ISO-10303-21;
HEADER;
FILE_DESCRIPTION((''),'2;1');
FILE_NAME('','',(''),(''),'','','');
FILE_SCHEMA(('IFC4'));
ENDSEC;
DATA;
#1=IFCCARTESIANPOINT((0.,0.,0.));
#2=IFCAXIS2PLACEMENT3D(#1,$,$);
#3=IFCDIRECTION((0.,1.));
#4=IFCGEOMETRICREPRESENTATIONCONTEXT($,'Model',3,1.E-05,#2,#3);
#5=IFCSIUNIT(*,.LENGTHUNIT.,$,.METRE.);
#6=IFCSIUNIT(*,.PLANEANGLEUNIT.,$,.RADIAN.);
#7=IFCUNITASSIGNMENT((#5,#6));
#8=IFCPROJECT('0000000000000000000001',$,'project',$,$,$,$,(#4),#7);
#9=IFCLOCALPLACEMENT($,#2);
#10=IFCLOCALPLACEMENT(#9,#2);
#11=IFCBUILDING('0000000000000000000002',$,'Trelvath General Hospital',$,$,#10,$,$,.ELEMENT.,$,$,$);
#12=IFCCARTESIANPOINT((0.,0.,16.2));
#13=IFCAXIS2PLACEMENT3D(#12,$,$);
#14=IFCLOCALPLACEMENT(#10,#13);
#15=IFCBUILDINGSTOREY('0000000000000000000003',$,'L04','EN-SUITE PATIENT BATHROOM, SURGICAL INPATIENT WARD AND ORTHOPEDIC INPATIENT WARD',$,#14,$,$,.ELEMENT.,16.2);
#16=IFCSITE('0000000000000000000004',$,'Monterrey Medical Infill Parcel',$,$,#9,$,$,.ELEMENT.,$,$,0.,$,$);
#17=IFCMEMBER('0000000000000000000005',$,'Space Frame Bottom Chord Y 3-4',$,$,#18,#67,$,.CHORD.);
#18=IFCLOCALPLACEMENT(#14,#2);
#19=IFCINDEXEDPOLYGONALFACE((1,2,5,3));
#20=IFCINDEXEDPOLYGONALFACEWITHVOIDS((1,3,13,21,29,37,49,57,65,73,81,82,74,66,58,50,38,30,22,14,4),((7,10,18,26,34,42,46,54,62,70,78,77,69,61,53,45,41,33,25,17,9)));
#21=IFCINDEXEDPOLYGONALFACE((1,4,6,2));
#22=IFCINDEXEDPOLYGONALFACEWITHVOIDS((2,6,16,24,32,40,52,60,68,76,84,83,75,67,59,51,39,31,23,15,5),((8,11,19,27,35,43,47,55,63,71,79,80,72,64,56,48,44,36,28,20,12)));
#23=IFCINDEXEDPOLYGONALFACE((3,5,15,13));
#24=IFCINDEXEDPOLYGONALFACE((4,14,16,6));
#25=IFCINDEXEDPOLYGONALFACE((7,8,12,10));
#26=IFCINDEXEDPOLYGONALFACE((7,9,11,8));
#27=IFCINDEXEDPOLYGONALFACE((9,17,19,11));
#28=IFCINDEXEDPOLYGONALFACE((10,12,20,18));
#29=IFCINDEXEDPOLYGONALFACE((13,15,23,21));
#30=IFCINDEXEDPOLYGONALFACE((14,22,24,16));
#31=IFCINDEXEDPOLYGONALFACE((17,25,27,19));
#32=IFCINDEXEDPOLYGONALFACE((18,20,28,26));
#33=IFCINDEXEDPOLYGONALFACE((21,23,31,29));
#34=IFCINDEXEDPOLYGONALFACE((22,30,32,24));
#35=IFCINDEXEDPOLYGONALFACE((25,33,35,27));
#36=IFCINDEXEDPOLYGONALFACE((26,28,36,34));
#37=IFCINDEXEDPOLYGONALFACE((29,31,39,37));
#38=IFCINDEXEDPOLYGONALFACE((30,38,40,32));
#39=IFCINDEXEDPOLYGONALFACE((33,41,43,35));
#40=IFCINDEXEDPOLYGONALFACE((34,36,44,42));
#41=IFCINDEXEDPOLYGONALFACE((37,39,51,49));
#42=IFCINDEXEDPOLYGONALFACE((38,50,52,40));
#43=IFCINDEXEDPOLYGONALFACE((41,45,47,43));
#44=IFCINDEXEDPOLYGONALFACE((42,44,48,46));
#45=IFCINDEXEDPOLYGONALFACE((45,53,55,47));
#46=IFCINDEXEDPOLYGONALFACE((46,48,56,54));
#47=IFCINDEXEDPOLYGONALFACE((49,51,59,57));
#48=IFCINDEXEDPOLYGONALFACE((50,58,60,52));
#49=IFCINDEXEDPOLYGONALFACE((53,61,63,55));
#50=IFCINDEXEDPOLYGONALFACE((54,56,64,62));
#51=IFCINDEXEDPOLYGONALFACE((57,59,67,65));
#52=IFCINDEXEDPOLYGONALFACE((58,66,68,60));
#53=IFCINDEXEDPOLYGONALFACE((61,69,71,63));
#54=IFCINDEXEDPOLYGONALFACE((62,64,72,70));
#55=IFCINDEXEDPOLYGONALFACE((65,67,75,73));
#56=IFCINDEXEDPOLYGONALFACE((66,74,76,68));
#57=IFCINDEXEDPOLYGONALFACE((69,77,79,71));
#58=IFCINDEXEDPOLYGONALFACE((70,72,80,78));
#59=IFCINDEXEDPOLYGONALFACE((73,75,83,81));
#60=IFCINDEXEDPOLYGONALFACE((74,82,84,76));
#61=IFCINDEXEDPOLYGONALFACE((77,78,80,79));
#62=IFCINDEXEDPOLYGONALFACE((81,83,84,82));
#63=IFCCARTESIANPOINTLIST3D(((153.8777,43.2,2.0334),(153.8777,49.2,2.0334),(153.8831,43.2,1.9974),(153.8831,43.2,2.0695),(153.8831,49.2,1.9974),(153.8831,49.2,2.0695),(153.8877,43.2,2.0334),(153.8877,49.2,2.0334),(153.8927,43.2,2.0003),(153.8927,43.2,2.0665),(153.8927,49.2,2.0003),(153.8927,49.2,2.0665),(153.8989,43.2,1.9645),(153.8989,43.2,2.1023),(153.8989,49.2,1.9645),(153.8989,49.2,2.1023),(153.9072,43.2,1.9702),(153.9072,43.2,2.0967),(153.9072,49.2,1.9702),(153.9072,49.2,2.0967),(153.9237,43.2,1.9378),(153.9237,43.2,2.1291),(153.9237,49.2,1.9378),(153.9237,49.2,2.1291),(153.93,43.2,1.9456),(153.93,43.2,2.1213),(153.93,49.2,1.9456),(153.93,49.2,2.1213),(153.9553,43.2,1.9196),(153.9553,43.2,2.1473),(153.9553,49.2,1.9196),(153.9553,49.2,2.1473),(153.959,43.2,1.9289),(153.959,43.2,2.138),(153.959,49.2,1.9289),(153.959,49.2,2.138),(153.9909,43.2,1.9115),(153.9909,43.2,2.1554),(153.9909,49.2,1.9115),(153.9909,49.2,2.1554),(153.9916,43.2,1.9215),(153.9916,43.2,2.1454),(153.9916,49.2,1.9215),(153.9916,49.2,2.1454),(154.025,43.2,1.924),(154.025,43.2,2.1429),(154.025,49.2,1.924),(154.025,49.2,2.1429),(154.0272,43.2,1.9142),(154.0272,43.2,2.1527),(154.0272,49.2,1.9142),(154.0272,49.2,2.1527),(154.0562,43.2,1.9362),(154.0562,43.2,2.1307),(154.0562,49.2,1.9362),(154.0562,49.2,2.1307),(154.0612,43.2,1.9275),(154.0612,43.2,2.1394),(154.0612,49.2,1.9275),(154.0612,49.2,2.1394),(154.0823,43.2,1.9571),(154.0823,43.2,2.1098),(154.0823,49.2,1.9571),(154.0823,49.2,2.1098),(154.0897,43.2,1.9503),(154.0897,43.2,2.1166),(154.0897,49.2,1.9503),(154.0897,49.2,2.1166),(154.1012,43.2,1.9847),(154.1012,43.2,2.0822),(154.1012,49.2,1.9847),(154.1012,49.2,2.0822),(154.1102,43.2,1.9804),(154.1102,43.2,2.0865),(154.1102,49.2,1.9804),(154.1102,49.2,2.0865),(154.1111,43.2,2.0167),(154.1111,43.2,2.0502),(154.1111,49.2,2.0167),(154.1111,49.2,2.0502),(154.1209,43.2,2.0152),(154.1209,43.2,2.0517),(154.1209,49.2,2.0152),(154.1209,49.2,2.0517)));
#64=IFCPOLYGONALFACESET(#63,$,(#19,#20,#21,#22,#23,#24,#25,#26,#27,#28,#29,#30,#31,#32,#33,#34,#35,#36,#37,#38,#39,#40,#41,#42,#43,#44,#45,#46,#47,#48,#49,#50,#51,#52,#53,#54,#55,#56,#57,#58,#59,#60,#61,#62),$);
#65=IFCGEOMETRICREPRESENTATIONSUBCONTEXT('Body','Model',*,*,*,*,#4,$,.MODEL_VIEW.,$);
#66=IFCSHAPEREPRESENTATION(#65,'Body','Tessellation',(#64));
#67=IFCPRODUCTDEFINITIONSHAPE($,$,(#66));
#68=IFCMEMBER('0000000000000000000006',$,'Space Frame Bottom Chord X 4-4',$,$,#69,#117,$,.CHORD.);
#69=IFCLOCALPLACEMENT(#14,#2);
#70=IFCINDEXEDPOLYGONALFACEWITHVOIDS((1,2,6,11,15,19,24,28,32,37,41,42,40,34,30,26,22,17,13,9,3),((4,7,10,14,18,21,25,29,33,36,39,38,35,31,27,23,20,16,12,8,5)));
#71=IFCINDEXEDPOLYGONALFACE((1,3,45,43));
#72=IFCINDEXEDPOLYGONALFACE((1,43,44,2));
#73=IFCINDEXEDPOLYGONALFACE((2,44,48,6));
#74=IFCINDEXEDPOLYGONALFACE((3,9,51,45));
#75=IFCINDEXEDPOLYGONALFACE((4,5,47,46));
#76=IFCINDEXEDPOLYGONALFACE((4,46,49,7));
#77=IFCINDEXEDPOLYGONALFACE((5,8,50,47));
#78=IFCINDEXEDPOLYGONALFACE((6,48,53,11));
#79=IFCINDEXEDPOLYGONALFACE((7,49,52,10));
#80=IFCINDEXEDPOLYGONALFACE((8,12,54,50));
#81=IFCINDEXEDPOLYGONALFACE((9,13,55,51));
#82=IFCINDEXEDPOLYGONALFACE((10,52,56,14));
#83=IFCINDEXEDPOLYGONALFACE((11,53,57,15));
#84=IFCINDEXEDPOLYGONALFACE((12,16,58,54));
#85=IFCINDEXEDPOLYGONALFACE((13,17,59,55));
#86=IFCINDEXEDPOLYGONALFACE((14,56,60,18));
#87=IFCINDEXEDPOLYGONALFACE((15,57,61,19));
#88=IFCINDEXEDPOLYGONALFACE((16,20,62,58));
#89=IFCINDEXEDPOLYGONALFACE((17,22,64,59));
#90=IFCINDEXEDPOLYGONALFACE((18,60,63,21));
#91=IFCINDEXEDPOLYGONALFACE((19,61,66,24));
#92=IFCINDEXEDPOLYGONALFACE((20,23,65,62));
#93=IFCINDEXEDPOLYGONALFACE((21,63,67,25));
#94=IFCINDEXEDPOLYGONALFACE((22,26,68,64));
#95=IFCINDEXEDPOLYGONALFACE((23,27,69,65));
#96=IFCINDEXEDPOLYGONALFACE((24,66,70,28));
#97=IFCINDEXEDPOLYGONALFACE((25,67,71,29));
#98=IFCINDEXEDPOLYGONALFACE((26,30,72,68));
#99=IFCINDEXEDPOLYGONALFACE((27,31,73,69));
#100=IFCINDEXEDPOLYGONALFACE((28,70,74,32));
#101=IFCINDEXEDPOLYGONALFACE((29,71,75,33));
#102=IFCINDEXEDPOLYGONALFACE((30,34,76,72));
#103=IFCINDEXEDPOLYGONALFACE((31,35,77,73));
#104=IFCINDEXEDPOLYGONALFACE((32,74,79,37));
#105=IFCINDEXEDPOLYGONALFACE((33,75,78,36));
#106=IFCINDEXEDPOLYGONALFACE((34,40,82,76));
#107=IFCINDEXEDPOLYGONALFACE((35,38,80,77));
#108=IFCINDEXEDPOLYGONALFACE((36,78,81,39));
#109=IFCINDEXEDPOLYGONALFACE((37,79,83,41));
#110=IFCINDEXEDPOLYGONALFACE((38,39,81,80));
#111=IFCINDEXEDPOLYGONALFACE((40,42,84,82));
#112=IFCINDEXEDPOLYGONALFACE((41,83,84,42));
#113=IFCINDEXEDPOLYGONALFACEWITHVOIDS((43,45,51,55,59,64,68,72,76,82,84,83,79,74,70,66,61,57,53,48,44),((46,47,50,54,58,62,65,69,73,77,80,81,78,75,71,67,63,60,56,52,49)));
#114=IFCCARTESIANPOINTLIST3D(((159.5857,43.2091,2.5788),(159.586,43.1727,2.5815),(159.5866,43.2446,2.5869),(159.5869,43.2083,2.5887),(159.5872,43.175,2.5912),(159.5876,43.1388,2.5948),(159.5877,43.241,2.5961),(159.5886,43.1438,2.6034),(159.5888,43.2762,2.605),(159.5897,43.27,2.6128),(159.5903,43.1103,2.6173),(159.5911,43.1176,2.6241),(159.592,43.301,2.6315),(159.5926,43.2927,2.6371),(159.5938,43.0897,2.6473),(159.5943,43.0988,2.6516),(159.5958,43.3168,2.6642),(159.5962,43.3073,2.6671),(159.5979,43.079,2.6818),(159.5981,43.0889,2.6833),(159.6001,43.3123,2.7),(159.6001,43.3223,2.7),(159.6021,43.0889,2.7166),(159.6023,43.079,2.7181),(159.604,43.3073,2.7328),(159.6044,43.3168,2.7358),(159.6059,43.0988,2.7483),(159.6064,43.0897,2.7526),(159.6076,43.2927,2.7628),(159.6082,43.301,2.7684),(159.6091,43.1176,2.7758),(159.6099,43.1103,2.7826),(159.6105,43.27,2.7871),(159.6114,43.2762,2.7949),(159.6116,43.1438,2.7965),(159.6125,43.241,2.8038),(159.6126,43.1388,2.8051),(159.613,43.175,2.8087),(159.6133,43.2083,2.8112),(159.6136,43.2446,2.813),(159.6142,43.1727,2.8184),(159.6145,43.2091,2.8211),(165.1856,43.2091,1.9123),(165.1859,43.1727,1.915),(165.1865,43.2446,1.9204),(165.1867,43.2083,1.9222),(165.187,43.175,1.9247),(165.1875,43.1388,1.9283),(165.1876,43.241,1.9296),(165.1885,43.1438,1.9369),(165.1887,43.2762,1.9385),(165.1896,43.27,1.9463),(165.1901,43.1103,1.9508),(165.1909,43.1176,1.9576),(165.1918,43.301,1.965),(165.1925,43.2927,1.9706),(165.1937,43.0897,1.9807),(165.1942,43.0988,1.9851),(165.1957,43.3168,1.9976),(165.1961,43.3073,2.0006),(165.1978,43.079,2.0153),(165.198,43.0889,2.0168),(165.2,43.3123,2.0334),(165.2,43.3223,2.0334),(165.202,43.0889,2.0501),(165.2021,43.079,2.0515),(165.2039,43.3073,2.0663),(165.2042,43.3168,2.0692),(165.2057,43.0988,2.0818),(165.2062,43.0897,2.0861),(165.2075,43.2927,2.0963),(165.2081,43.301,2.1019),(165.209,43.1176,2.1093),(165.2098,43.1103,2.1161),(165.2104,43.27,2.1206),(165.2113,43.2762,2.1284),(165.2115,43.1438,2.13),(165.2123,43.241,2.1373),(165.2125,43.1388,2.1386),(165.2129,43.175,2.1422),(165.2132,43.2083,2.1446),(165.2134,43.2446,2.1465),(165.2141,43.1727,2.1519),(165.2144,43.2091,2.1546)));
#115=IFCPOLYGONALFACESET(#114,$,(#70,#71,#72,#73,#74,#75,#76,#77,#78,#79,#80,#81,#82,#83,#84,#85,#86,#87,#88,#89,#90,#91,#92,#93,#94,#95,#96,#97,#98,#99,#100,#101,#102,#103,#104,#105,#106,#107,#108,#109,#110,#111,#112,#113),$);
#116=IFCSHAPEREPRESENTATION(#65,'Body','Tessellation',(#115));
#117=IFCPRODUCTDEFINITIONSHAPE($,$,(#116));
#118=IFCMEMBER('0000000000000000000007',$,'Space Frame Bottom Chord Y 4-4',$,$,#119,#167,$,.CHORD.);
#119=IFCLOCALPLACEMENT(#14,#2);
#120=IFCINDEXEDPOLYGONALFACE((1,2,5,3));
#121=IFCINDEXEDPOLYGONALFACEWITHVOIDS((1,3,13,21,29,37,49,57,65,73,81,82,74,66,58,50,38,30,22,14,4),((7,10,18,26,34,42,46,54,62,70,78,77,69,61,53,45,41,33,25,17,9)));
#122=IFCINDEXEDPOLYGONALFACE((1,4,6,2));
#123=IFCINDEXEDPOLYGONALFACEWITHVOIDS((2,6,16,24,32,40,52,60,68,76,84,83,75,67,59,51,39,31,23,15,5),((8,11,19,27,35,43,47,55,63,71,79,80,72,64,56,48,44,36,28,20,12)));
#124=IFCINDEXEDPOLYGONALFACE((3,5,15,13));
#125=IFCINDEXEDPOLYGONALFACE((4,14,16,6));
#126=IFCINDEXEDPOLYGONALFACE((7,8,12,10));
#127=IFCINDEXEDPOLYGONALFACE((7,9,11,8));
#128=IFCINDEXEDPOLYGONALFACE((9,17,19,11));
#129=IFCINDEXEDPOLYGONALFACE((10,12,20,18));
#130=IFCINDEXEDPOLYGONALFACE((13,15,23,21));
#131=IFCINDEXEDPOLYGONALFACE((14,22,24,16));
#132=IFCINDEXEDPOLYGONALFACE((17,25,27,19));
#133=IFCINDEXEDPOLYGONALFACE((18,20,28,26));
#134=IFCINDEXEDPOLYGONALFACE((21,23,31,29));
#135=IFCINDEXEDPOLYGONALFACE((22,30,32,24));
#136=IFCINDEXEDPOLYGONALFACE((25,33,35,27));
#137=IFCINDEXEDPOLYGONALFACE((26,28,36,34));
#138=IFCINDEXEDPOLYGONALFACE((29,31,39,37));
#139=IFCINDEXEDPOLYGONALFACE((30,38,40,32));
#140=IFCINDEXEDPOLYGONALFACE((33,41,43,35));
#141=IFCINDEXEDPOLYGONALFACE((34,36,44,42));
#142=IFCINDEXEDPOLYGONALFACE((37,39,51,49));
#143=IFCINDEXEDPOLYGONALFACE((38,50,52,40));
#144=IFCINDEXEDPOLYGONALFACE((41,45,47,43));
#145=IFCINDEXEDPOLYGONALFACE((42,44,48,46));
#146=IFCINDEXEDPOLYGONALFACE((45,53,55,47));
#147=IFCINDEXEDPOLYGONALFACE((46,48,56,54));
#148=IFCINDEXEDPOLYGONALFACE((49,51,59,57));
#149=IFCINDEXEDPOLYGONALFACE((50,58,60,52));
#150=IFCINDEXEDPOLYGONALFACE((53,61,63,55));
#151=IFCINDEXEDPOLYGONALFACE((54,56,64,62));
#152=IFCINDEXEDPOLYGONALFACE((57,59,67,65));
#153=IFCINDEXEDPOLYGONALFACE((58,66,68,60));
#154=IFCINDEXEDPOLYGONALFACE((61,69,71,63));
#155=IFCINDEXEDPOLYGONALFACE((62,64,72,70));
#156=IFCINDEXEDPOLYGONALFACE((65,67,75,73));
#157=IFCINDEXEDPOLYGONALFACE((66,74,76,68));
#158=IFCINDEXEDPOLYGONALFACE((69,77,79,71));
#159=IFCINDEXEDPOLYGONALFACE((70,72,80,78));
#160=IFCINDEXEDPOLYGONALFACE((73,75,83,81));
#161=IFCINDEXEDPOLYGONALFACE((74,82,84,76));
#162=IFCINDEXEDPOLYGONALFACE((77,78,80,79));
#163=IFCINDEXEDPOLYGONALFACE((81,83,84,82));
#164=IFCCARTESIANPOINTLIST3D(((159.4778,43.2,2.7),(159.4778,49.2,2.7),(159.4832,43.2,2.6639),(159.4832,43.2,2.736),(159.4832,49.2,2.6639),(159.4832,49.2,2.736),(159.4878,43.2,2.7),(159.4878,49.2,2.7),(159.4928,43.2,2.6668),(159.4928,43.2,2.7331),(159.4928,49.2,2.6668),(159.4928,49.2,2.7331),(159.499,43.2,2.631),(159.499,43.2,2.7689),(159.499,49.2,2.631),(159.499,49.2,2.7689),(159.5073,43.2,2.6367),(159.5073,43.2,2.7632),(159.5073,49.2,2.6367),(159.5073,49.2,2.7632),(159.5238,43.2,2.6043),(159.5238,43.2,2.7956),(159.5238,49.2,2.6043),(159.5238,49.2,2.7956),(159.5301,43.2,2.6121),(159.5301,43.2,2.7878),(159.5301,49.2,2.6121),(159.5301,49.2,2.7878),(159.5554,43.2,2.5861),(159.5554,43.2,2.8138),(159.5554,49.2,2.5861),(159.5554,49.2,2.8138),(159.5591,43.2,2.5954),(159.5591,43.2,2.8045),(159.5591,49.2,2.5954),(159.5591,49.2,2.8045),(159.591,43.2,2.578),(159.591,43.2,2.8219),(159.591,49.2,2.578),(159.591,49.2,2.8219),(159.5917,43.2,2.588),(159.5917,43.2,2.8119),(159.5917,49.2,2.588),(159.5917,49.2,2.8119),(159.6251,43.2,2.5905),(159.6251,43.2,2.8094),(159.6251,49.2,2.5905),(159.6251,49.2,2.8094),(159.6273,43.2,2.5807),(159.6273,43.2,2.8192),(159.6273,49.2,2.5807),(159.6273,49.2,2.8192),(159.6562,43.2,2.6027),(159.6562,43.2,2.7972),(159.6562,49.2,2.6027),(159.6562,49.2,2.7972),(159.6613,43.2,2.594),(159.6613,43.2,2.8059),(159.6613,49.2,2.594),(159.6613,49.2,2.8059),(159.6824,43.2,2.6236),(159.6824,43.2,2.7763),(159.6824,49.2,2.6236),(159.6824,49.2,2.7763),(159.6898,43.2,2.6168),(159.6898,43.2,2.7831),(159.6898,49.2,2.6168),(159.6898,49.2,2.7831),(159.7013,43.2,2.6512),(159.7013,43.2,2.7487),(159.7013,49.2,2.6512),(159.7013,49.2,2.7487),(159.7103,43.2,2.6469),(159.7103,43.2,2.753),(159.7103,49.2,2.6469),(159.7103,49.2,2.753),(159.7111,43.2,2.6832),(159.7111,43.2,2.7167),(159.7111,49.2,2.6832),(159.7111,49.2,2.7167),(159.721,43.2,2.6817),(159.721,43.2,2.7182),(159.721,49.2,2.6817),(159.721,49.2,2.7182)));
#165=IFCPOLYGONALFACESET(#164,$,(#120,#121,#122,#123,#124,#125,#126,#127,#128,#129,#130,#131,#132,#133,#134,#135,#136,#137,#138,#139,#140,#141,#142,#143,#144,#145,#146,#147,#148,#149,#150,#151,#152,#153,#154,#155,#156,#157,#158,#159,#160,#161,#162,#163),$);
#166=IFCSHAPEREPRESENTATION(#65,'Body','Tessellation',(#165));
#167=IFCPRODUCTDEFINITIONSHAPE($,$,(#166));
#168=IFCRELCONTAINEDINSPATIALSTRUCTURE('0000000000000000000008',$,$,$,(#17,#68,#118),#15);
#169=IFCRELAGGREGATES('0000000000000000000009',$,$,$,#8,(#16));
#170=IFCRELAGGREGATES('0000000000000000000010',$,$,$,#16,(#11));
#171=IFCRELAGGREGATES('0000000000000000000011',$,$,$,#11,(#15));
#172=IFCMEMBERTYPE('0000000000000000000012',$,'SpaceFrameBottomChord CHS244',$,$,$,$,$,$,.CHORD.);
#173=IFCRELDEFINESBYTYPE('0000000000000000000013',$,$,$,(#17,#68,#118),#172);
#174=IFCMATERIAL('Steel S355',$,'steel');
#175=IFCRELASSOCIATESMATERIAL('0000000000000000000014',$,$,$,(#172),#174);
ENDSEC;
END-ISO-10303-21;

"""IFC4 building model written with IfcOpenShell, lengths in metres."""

from ifc_helpers import new_model, si_unit, direction, frame, origin, origin_2d, place, context, subcontext, project, spatial, hollow_circle, extrude, material, material_profile, profile_set, type_object, element, save


model = new_model("IFC4")

# Units and contexts
model_context = context("Model", 3, precision=1e-05, world=origin(), true_north=direction((0.0, 1.0)))
body_context = subcontext(model_context, "Body", "Model", "MODEL_VIEW")
ifc_project = project(units=[si_unit("LENGTHUNIT", "METRE"), si_unit("PLANEANGLEUNIT", "RADIAN")], contexts=[model_context])

# Site, building, storey
site_placement = place(None, origin())
site = spatial("IfcSite", under=ifc_project, at=site_placement, Name="Monterrey Medical Infill Parcel", CompositionType="ELEMENT", RefElevation=0.0)
building_placement = place(site_placement, origin())
building = spatial("IfcBuilding", under=site, at=building_placement, Name="Trelvath General Hospital", CompositionType="ELEMENT")
storey_placement = place(building_placement, frame((0.0, 0.0, 16.2)))
storey = spatial("IfcBuildingStorey", under=building, at=storey_placement, Name="L04", Description="EN-SUITE PATIENT BATHROOM, SURGICAL INPATIENT WARD AND ORTHOPEDIC INPATIENT WARD", CompositionType="ELEMENT", Elevation=16.2)

# Members
ifc_material_1 = material(Name="Steel S355", Category="steel")
ifc_material_profile_1 = material_profile(ifc_material_1, hollow_circle(Radius=0.1223, WallThickness=0.01, at=origin_2d()), Name="CHS244.5x10.0")
ifc_profile_set_1 = profile_set([ifc_material_profile_1], Name="Steel S355")
member_type_1 = type_object("IfcMemberType", Name="SpaceFrameBottomChord CHS244", PredefinedType="CHORD", material=ifc_profile_set_1)
member_1_placement = place(storey_placement, frame((154.0, 43.2, 2.0334), z_axis=(0.0, 1.0, 0.0), x_axis=(-1.0, 0.0, 0.0)))
element("IfcMember", 1, at=member_1_placement, inside=storey, type_object=member_type_1, Name="Space Frame Bottom Chord Y 3-4", PredefinedType="CHORD", context=body_context, shape_type="SweptSolid", body=[
    extrude(hollow_circle(Radius=0.1223, WallThickness=0.01, at=origin_2d()), origin(), (0.0, 0.0, 1.0), 6.0),
])
member_2_placement = place(storey_placement, frame((159.6001, 43.2, 2.7), z_axis=(0.992991, 0.0, -0.118187), x_axis=(0.0, 1.0, 0.0)))
element("IfcMember", 2, at=member_2_placement, inside=storey, type_object=member_type_1, Name="Space Frame Bottom Chord X 4-4", PredefinedType="CHORD", context=body_context, shape_type="SweptSolid", body=[
    extrude(hollow_circle(Radius=0.1223, WallThickness=0.01, at=origin_2d()), origin(), (0.0, 0.0, 1.0), 5.6394),
])
member_3_placement = place(storey_placement, frame((159.6001, 43.2, 2.7), z_axis=(0.0, 1.0, 0.0), x_axis=(-1.0, 0.0, 0.0)))
element("IfcMember", 3, at=member_3_placement, inside=storey, type_object=member_type_1, Name="Space Frame Bottom Chord Y 4-4", PredefinedType="CHORD", context=body_context, shape_type="SweptSolid", body=[
    extrude(hollow_circle(Radius=0.1223, WallThickness=0.01, at=origin_2d()), origin(), (0.0, 0.0, 1.0), 6.0),
])

save(model, "model.ifc")
